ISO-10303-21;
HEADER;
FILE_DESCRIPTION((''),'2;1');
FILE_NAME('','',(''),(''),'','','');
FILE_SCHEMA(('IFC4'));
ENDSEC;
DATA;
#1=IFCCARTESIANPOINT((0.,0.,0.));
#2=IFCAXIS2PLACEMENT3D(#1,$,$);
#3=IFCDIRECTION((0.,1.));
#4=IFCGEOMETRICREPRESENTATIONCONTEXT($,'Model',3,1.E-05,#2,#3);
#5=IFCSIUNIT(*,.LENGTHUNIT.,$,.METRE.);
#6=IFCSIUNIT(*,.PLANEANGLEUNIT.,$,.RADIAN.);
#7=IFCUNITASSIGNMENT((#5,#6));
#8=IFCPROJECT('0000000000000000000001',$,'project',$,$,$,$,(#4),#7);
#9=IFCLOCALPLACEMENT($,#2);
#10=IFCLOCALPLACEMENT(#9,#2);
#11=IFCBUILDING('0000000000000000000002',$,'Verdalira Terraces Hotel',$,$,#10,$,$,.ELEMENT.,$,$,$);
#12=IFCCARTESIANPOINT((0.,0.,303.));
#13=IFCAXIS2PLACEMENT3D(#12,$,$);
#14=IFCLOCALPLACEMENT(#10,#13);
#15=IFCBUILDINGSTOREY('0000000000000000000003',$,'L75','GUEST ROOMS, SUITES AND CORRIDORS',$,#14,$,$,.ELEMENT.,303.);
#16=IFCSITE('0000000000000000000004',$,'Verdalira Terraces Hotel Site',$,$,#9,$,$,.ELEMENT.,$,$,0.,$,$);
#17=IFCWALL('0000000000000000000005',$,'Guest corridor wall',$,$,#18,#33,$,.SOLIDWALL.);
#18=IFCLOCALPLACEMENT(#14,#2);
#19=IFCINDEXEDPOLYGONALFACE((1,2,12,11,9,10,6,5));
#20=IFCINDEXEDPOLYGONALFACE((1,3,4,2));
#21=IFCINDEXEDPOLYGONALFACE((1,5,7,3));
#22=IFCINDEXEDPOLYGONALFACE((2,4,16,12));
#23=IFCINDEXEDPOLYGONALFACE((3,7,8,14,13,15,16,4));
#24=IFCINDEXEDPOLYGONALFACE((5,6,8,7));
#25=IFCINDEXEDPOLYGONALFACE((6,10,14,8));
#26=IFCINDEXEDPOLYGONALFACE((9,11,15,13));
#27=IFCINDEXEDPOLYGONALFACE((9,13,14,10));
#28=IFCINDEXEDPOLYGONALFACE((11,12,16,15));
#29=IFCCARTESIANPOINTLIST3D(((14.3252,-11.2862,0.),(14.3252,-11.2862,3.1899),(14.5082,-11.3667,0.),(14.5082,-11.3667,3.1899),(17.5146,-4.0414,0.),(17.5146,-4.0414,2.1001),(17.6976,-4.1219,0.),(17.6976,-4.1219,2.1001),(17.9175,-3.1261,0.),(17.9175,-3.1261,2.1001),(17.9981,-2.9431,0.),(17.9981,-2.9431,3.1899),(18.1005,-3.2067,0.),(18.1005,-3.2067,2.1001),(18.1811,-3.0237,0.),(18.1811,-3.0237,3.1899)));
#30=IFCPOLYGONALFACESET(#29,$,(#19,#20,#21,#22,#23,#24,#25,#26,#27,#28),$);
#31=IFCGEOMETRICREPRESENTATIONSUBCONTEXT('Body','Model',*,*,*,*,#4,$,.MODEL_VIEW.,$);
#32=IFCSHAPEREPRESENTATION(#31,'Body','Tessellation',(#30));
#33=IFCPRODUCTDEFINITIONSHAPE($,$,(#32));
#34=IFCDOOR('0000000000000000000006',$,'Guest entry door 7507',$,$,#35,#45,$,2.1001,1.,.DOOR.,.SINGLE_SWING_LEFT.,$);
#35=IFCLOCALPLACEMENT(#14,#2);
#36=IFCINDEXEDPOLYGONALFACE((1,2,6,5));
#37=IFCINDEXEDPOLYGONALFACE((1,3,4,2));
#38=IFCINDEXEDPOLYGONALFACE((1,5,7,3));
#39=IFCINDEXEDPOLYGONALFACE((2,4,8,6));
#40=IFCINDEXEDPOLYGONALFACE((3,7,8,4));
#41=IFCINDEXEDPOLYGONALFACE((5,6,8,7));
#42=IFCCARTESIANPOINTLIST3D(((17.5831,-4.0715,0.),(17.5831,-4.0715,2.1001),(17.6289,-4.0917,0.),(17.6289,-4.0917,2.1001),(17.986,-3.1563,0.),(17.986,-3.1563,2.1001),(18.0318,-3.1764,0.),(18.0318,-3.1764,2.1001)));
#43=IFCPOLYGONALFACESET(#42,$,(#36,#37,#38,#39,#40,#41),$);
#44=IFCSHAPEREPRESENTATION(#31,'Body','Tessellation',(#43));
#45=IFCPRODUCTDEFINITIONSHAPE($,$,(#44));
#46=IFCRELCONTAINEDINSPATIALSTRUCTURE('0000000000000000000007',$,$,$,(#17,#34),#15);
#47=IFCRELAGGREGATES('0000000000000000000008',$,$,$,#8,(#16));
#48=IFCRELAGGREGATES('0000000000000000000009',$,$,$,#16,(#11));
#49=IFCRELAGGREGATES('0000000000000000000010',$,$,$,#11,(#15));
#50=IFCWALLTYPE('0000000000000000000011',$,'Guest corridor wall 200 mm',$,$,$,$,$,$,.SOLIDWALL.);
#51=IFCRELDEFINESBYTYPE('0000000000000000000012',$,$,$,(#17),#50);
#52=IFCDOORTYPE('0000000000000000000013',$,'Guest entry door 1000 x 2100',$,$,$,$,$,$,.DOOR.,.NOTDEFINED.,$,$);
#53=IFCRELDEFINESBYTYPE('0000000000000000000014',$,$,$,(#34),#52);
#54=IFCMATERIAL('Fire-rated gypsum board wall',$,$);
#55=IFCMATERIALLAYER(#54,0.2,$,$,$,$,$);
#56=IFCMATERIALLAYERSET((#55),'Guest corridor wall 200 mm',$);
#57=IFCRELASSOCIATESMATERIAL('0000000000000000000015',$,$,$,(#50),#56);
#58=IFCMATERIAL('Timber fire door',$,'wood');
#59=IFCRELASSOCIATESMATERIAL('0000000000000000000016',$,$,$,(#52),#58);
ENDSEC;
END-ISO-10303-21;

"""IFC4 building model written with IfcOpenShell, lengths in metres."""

from ifc_helpers import new_model, si_unit, direction, frame, frame_2d, origin, place, context, subcontext, project, spatial, rectangle, extrude, material, layer, layer_set, type_object, element, fill, save


model = new_model("IFC4")

# Units and contexts
model_context = context("Model", 3, precision=1e-05, world=origin(), true_north=direction((0.0, 1.0)))
body_context = subcontext(model_context, "Body", "Model", "MODEL_VIEW")
ifc_project = project(units=[si_unit("LENGTHUNIT", "METRE"), si_unit("PLANEANGLEUNIT", "RADIAN")], contexts=[model_context])

# Site, building, storey
site_placement = place(None, origin())
site = spatial("IfcSite", under=ifc_project, at=site_placement, Name="Verdalira Terraces Hotel Site", CompositionType="ELEMENT", RefElevation=0.0)
building_placement = place(site_placement, origin())
building = spatial("IfcBuilding", under=site, at=building_placement, Name="Verdalira Terraces Hotel", CompositionType="ELEMENT")
storey_placement = place(building_placement, frame((0.0, 0.0, 303.0)))
storey = spatial("IfcBuildingStorey", under=building, at=storey_placement, Name="L75", Description="GUEST ROOMS, SUITES AND CORRIDORS", CompositionType="ELEMENT", Elevation=303.0)

# Wall, opening, door
ifc_material_1 = material(Name="Fire-rated gypsum board wall")
ifc_layer_1 = layer(ifc_material_1, 0.2)
ifc_layer_set_1 = layer_set([ifc_layer_1], Name="Guest corridor wall 200 mm")
wall_type_1 = type_object("IfcWallType", Name="Guest corridor wall 200 mm", PredefinedType="SOLIDWALL", material=ifc_layer_set_1)
wall_1_placement = place(storey_placement, frame((18.0896, -2.9834, 0.0), z_axis=(0.0, 0.0, 1.0), x_axis=(-0.402915, -0.915237, 0.0)))
wall_1 = element("IfcWall", 1, at=wall_1_placement, inside=storey, type_object=wall_type_1, Name="Guest corridor wall", PredefinedType="SOLIDWALL", context=body_context, shape_type="SweptSolid", body=[
    extrude(rectangle(XDim=9.1157, YDim=0.2, at=frame_2d((4.5579, 0.0))), origin(), (0.0, 0.0, 1.0), 3.1899),
])
opening_1_placement = place(wall_1_placement, frame((0.2, 0.0, 0.0)))
opening_1 = element("IfcOpeningElement", 2, at=opening_1_placement, cuts=wall_1, PredefinedType="OPENING", context=body_context, shape_type="SweptSolid", body=[
    extrude(rectangle(XDim=1.0, YDim=2.1001, at=frame_2d((0.5, 1.05))), frame((0.0, 0.1099, 0.0), z_axis=(0.0, -1.0, 0.0), x_axis=(1.0, 0.0, 0.0)), (0.0, 0.0, 1.0), 0.22),
])
ifc_material_2 = material(Name="Timber fire door", Category="wood")
door_type_1 = type_object("IfcDoorType", Name="Guest entry door 1000 x 2100", OperationType="NOTDEFINED", PredefinedType="DOOR", material=ifc_material_2)
door_1_placement = place(opening_1_placement, origin())
door_1 = element("IfcDoor", 3, at=door_1_placement, inside=storey, type_object=door_type_1, Name="Guest entry door 7507", OperationType="SINGLE_SWING_LEFT", OverallHeight=2.1001, OverallWidth=1.0, PredefinedType="DOOR", context=body_context, shape_type="SweptSolid", body=[
    extrude(rectangle(XDim=1.0, YDim=2.1001, at=frame_2d((0.5, 1.05))), frame((0.0, 0.0249, 0.0), z_axis=(0.0, -1.0, 0.0), x_axis=(1.0, 0.0, 0.0)), (0.0, 0.0, 1.0), 0.05),
])
fill(opening_1, door_1)

save(model, "model.ifc")
